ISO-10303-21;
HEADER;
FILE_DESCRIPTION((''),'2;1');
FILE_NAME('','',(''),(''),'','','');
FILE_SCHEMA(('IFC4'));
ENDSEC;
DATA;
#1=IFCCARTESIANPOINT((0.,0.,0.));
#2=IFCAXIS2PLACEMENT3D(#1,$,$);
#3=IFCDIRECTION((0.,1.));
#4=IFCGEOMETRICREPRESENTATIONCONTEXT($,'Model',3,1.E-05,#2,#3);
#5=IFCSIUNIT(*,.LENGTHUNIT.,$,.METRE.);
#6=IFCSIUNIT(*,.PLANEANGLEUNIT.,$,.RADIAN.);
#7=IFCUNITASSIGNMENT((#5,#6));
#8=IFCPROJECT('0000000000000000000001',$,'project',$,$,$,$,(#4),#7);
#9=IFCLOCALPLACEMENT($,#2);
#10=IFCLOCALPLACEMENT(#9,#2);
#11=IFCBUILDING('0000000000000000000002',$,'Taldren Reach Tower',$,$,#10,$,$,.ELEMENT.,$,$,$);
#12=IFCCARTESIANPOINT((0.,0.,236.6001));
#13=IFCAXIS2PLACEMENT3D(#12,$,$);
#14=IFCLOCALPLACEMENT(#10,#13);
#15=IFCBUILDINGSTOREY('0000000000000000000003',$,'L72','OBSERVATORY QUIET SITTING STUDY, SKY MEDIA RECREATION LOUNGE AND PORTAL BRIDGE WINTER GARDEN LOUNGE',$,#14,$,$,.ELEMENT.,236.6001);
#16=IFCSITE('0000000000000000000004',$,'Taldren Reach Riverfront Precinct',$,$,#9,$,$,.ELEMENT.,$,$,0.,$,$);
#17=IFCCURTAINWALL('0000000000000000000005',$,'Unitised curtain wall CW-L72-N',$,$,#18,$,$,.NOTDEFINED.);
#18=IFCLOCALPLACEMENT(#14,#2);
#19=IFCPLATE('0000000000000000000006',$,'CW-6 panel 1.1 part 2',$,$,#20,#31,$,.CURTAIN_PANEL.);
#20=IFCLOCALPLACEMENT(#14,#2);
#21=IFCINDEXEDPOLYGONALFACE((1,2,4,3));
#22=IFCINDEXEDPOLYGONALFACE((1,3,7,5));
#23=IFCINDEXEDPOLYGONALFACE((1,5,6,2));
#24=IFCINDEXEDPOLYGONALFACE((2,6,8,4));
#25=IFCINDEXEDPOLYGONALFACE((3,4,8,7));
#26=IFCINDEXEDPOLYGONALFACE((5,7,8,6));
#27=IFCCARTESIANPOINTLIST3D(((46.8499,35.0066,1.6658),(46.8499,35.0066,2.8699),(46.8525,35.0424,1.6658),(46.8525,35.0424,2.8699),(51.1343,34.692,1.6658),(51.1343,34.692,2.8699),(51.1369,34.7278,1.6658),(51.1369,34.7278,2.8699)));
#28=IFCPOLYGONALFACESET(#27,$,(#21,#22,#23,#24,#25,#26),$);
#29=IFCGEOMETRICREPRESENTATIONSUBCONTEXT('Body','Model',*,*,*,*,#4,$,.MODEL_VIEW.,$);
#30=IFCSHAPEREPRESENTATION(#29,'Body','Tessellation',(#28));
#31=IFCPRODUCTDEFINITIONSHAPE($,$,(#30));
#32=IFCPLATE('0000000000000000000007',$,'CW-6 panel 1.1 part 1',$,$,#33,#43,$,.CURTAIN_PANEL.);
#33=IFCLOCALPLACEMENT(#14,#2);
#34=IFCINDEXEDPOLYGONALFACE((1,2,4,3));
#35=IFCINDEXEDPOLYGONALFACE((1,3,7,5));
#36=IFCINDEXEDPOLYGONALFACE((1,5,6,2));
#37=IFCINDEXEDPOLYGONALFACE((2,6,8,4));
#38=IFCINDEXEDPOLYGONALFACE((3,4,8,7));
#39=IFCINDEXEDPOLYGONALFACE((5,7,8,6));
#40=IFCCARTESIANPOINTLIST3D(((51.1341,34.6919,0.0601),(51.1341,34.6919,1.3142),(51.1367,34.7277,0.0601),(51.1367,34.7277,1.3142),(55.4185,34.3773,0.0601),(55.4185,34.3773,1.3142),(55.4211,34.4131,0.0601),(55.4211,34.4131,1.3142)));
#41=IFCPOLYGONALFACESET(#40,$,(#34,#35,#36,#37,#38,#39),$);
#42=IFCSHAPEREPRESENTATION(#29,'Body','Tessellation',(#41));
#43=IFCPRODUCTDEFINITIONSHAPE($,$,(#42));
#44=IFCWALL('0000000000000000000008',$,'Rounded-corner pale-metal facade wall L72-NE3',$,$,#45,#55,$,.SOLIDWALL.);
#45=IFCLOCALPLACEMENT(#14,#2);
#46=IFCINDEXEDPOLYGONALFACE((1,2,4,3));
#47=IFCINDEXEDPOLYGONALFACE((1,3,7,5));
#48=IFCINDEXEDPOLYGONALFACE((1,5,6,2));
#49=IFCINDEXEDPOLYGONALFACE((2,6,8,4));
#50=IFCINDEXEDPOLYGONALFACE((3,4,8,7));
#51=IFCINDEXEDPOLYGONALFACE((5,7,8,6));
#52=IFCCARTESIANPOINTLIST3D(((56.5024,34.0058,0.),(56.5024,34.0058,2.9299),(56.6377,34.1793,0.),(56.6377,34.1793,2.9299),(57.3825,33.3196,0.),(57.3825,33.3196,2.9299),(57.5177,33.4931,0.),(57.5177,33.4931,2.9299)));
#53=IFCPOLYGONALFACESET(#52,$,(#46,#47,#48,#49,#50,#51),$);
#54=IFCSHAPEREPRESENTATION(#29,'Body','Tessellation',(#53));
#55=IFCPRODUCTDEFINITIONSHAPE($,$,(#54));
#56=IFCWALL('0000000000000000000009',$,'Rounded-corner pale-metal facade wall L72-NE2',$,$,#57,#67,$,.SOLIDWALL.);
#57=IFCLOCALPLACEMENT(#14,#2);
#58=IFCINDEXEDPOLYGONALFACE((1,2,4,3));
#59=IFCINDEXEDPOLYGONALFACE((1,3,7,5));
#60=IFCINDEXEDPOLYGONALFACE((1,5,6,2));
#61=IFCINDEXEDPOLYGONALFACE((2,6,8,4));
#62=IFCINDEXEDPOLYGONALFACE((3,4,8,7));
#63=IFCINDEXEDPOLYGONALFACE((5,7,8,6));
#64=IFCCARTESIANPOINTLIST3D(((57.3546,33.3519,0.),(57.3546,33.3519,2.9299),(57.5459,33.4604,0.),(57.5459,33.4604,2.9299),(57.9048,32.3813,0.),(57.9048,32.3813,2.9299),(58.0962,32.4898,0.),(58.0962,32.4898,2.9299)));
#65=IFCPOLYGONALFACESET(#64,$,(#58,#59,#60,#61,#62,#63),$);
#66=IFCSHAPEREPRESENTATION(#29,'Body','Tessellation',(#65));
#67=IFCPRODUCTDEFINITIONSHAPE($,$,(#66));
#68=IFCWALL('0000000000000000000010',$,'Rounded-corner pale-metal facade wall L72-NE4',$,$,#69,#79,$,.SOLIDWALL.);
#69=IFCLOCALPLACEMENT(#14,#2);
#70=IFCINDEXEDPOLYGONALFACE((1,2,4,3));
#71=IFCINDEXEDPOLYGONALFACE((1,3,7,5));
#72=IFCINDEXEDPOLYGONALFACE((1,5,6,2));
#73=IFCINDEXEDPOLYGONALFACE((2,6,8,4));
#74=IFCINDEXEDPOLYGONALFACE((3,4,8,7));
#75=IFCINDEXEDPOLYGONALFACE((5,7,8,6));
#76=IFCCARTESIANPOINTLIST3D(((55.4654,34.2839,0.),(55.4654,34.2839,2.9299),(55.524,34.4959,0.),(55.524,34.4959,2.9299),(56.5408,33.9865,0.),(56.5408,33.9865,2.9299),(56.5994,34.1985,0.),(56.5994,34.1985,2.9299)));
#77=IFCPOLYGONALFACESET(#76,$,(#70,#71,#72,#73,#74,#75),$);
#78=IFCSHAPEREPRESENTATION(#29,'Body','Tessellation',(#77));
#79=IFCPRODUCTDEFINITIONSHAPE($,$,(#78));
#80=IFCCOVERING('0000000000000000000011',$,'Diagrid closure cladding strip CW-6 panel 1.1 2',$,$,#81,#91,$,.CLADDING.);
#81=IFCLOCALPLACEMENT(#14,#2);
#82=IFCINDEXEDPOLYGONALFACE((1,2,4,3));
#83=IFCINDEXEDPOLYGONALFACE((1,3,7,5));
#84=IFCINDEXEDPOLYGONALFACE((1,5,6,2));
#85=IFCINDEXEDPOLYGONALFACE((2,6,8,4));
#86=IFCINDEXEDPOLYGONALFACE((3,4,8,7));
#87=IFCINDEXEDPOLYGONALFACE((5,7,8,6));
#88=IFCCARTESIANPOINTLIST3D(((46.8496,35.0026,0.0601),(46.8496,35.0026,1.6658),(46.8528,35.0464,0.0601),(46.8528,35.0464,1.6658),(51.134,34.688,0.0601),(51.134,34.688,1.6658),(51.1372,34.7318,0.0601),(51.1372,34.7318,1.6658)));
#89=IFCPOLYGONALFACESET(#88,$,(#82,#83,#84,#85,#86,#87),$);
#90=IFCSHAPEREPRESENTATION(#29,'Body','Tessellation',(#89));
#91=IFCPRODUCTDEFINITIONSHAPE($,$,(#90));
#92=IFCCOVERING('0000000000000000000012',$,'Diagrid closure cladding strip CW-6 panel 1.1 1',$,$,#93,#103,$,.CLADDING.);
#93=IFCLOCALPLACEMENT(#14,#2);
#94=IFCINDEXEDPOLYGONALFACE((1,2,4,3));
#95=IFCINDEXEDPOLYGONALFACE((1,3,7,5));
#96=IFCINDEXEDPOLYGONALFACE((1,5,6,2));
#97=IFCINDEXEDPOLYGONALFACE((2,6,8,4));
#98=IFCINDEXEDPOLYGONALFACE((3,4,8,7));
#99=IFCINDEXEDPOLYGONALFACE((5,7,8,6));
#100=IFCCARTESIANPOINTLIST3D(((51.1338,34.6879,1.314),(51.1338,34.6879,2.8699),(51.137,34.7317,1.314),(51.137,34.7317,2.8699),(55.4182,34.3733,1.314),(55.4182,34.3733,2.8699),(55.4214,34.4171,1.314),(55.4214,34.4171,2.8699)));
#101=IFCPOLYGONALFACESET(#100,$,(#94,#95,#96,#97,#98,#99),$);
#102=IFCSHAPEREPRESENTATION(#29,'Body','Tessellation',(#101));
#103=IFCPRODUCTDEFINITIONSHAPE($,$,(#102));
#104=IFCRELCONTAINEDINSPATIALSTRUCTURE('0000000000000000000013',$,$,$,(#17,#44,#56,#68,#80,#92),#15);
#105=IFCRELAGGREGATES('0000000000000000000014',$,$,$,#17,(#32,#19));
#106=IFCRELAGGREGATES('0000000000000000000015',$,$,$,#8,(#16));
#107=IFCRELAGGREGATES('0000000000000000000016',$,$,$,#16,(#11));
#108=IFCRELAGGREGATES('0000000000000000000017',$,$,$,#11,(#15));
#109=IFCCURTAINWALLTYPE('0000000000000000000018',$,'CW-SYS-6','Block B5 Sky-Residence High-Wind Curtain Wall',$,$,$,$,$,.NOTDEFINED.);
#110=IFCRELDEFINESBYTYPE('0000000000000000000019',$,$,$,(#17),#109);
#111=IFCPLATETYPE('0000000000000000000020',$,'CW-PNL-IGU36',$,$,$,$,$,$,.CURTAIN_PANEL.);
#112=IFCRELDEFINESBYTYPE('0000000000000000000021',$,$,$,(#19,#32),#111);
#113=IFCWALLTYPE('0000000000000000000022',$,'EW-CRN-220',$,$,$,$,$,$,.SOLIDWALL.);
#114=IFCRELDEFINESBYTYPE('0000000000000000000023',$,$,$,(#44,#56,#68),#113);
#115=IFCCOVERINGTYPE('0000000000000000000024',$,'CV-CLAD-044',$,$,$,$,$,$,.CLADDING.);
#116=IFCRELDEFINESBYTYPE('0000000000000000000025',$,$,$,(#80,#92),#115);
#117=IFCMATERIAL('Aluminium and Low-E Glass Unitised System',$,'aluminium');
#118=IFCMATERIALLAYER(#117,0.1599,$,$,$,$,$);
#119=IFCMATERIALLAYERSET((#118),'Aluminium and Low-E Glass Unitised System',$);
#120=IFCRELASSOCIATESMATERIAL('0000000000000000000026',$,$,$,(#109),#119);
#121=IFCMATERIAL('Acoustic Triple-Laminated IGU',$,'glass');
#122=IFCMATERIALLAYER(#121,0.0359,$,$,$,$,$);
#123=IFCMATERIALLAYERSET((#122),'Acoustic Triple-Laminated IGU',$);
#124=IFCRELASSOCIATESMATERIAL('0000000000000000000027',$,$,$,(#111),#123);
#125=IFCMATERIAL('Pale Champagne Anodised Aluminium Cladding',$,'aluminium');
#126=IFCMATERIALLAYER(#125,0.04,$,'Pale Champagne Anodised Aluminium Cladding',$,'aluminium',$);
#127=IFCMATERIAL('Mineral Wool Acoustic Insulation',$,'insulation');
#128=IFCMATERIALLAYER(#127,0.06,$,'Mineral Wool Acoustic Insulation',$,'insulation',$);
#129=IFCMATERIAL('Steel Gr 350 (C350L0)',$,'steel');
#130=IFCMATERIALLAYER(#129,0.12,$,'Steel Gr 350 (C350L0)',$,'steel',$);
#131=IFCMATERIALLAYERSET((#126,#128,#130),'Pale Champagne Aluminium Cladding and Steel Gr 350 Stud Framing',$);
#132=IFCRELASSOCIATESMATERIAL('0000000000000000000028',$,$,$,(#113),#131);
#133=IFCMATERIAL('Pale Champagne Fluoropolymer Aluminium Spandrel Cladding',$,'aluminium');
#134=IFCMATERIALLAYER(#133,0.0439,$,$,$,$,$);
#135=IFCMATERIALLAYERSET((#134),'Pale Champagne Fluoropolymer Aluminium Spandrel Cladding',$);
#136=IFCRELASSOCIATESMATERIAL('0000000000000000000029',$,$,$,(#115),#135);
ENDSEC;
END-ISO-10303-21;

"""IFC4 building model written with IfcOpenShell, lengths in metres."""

from ifc_helpers import new_model, si_unit, direction, frame, frame_2d, origin, origin_2d, place, context, subcontext, project, spatial, rectangle, extrude, source, transform, mapped, material, layer, layer_set, type_object, element, aggregate, save


model = new_model("IFC4")

# Units and contexts
model_context = context("Model", 3, precision=1e-05, world=origin(), true_north=direction((0.0, 1.0)))
body_context = subcontext(model_context, "Body", "Model", "MODEL_VIEW")
ifc_project = project(units=[si_unit("LENGTHUNIT", "METRE"), si_unit("PLANEANGLEUNIT", "RADIAN")], contexts=[model_context])

# Site, building, storey
site_placement = place(None, origin())
site = spatial("IfcSite", under=ifc_project, at=site_placement, Name="Taldren Reach Riverfront Precinct", CompositionType="ELEMENT", RefElevation=0.0)
building_placement = place(site_placement, origin())
building = spatial("IfcBuilding", under=site, at=building_placement, Name="Taldren Reach Tower", CompositionType="ELEMENT")
storey_placement = place(building_placement, frame((0.0, 0.0, 236.6001)))
storey = spatial("IfcBuildingStorey", under=building, at=storey_placement, Name="L72", Description="OBSERVATORY QUIET SITTING STUDY, SKY MEDIA RECREATION LOUNGE AND PORTAL BRIDGE WINTER GARDEN LOUNGE", CompositionType="ELEMENT", Elevation=236.6001)

# Shared definitions
ifc_material_1 = material(Name="Steel Gr 350 (C350L0)", Category="steel")

# Curtain wall
ifc_material_2 = material(Name="Aluminium and Low-E Glass Unitised System", Category="aluminium")
ifc_layer_1 = layer(ifc_material_2, 0.1599)
ifc_layer_set_1 = layer_set([ifc_layer_1], Name="Aluminium and Low-E Glass Unitised System")
curtain_wall_type = type_object("IfcCurtainWallType", Name="CW-SYS-6", Description="Block B5 Sky-Residence High-Wind Curtain Wall", PredefinedType="NOTDEFINED", material=ifc_layer_set_1)
curtain_wall_placement = place(storey_placement, origin())
curtain_wall = element("IfcCurtainWall", 1, at=curtain_wall_placement, inside=storey, type_object=curtain_wall_type, Name="Unitised curtain wall CW-L72-N", PredefinedType="NOTDEFINED")

# Plates
ifc_material_3 = material(Name="Acoustic Triple-Laminated IGU", Category="glass")
ifc_layer_2 = layer(ifc_material_3, 0.0359)
ifc_layer_set_2 = layer_set([ifc_layer_2], Name="Acoustic Triple-Laminated IGU")
plate_type_1 = type_object("IfcPlateType", Name="CW-PNL-IGU36", PredefinedType="CURTAIN_PANEL", material=ifc_layer_set_2)
shared_shape_1 = source(origin(), body_context, "Body", "SweptSolid", [
    extrude(rectangle(XDim=4.2959, YDim=0.0359, at=origin_2d()), origin(), (0.0, 0.0, 1.0), 1.2041),
])
plate_1_placement = place(storey_placement, frame((48.9934, 34.8672, 1.6658), z_axis=(0.0, 0.0, 1.0), x_axis=(-0.997314, 0.073238, 0.0)))
plate_1 = element("IfcPlate", 2, at=plate_1_placement, type_object=plate_type_1, Name="CW-6 panel 1.1 part 2", PredefinedType="CURTAIN_PANEL", context=body_context, shape_type="MappedRepresentation", body=[
    mapped(shared_shape_1, transform((0.0, 0.0, 0.0), scale=1.0)),
])
shared_shape_2 = source(origin(), body_context, "Body", "SweptSolid", [
    extrude(rectangle(XDim=4.2959, YDim=0.0359, at=origin_2d()), origin(), (0.0, 0.0, 1.0), 1.2542),
])
plate_2_placement = place(storey_placement, frame((53.2776, 34.5525, 0.0601), z_axis=(0.0, 0.0, 1.0), x_axis=(-0.997314, 0.073238, 0.0)))
plate_2 = element("IfcPlate", 3, at=plate_2_placement, type_object=plate_type_1, Name="CW-6 panel 1.1 part 1", PredefinedType="CURTAIN_PANEL", context=body_context, shape_type="MappedRepresentation", body=[
    mapped(shared_shape_2, transform((0.0, 0.0, 0.0), scale=1.0)),
])
aggregate(curtain_wall, [plate_2, plate_1])

# Walls
ifc_material_4 = material(Name="Pale Champagne Anodised Aluminium Cladding", Category="aluminium")
ifc_layer_3 = layer(ifc_material_4, 0.04, Name="Pale Champagne Anodised Aluminium Cladding", Category="aluminium")
ifc_material_5 = material(Name="Mineral Wool Acoustic Insulation", Category="insulation")
ifc_layer_4 = layer(ifc_material_5, 0.06, Name="Mineral Wool Acoustic Insulation", Category="insulation")
ifc_layer_5 = layer(ifc_material_1, 0.12, Name="Steel Gr 350 (C350L0)", Category="steel")
ifc_layer_set_3 = layer_set([ifc_layer_3, ifc_layer_4, ifc_layer_5], Name="Pale Champagne Aluminium Cladding and Steel Gr 350 Stud Framing")
wall_type = type_object("IfcWallType", Name="EW-CRN-220", PredefinedType="SOLIDWALL", material=ifc_layer_set_3)
shared_shape_3 = source(origin(), body_context, "Body", "SweptSolid", [
    extrude(rectangle(XDim=1.116, YDim=0.22, at=frame_2d((0.5581, 0.0))), origin(), (0.0, 0.0, 1.0), 2.9299),
])
wall_placement = place(storey_placement, frame((57.4502, 33.4062, 0.0), z_axis=(0.0, 0.0, 1.0), x_axis=(-0.788598, 0.614909, 0.0)))
element("IfcWall", 4, at=wall_placement, inside=storey, type_object=wall_type, Name="Rounded-corner pale-metal facade wall L72-NE3", PredefinedType="SOLIDWALL", context=body_context, shape_type="MappedRepresentation", body=[
    mapped(shared_shape_3, transform((0.0, 0.0, 0.0), scale=1.0)),
])
shared_shape_4 = source(origin(), body_context, "Body", "SweptSolid", [
    extrude(rectangle(XDim=1.1157, YDim=0.22, at=frame_2d((0.5579, 0.0))), origin(), (0.0, 0.0, 1.0), 2.9299),
])
for number, where, z_axis, x_axis, name in (
    (5, (58.0005, 32.4355, 0.0), (0.0, 0.0, 1.0), (-0.493167, 0.869935, 0.0), "Rounded-corner pale-metal facade wall L72-NE2"),
    (6, (56.5701, 34.0925, 0.0), (0.0, 0.0, 1.0), (-0.963834, 0.266504, 0.0), "Rounded-corner pale-metal facade wall L72-NE4"),
):
    element("IfcWall", number, at=place(storey_placement, frame(where, z_axis=z_axis, x_axis=x_axis)), inside=storey, type_object=wall_type, Name=name, PredefinedType="SOLIDWALL", context=body_context, shape_type="MappedRepresentation", body=[
        mapped(shared_shape_4, transform((0.0, 0.0, 0.0), scale=1.0)),
    ])

# Coverings
ifc_material_6 = material(Name="Pale Champagne Fluoropolymer Aluminium Spandrel Cladding", Category="aluminium")
ifc_layer_6 = layer(ifc_material_6, 0.0439)
ifc_layer_set_4 = layer_set([ifc_layer_6], Name="Pale Champagne Fluoropolymer Aluminium Spandrel Cladding")
covering_type = type_object("IfcCoveringType", Name="CV-CLAD-044", PredefinedType="CLADDING", material=ifc_layer_set_4)
shared_shape_5 = source(origin(), body_context, "Body", "SweptSolid", [
    extrude(rectangle(XDim=4.2959, YDim=0.0439, at=origin_2d()), origin(), (0.0, 0.0, 1.0), 1.6057),
])
covering_1_placement = place(storey_placement, frame((48.9934, 34.8672, 0.0601), z_axis=(0.0, 0.0, 1.0), x_axis=(-0.997314, 0.073238, 0.0)))
element("IfcCovering", 7, at=covering_1_placement, inside=storey, type_object=covering_type, Name="Diagrid closure cladding strip CW-6 panel 1.1 2", PredefinedType="CLADDING", context=body_context, shape_type="MappedRepresentation", body=[
    mapped(shared_shape_5, transform((0.0, 0.0, 0.0), scale=1.0)),
])
shared_shape_6 = source(origin(), body_context, "Body", "SweptSolid", [
    extrude(rectangle(XDim=4.2959, YDim=0.0439, at=origin_2d()), origin(), (0.0, 0.0, 1.0), 1.5559),
])
covering_2_placement = place(storey_placement, frame((53.2776, 34.5525, 1.314), z_axis=(0.0, 0.0, 1.0), x_axis=(-0.997314, 0.073238, 0.0)))
element("IfcCovering", 8, at=covering_2_placement, inside=storey, type_object=covering_type, Name="Diagrid closure cladding strip CW-6 panel 1.1 1", PredefinedType="CLADDING", context=body_context, shape_type="MappedRepresentation", body=[
    mapped(shared_shape_6, transform((0.0, 0.0, 0.0), scale=1.0)),
])

save(model, "model.ifc")
